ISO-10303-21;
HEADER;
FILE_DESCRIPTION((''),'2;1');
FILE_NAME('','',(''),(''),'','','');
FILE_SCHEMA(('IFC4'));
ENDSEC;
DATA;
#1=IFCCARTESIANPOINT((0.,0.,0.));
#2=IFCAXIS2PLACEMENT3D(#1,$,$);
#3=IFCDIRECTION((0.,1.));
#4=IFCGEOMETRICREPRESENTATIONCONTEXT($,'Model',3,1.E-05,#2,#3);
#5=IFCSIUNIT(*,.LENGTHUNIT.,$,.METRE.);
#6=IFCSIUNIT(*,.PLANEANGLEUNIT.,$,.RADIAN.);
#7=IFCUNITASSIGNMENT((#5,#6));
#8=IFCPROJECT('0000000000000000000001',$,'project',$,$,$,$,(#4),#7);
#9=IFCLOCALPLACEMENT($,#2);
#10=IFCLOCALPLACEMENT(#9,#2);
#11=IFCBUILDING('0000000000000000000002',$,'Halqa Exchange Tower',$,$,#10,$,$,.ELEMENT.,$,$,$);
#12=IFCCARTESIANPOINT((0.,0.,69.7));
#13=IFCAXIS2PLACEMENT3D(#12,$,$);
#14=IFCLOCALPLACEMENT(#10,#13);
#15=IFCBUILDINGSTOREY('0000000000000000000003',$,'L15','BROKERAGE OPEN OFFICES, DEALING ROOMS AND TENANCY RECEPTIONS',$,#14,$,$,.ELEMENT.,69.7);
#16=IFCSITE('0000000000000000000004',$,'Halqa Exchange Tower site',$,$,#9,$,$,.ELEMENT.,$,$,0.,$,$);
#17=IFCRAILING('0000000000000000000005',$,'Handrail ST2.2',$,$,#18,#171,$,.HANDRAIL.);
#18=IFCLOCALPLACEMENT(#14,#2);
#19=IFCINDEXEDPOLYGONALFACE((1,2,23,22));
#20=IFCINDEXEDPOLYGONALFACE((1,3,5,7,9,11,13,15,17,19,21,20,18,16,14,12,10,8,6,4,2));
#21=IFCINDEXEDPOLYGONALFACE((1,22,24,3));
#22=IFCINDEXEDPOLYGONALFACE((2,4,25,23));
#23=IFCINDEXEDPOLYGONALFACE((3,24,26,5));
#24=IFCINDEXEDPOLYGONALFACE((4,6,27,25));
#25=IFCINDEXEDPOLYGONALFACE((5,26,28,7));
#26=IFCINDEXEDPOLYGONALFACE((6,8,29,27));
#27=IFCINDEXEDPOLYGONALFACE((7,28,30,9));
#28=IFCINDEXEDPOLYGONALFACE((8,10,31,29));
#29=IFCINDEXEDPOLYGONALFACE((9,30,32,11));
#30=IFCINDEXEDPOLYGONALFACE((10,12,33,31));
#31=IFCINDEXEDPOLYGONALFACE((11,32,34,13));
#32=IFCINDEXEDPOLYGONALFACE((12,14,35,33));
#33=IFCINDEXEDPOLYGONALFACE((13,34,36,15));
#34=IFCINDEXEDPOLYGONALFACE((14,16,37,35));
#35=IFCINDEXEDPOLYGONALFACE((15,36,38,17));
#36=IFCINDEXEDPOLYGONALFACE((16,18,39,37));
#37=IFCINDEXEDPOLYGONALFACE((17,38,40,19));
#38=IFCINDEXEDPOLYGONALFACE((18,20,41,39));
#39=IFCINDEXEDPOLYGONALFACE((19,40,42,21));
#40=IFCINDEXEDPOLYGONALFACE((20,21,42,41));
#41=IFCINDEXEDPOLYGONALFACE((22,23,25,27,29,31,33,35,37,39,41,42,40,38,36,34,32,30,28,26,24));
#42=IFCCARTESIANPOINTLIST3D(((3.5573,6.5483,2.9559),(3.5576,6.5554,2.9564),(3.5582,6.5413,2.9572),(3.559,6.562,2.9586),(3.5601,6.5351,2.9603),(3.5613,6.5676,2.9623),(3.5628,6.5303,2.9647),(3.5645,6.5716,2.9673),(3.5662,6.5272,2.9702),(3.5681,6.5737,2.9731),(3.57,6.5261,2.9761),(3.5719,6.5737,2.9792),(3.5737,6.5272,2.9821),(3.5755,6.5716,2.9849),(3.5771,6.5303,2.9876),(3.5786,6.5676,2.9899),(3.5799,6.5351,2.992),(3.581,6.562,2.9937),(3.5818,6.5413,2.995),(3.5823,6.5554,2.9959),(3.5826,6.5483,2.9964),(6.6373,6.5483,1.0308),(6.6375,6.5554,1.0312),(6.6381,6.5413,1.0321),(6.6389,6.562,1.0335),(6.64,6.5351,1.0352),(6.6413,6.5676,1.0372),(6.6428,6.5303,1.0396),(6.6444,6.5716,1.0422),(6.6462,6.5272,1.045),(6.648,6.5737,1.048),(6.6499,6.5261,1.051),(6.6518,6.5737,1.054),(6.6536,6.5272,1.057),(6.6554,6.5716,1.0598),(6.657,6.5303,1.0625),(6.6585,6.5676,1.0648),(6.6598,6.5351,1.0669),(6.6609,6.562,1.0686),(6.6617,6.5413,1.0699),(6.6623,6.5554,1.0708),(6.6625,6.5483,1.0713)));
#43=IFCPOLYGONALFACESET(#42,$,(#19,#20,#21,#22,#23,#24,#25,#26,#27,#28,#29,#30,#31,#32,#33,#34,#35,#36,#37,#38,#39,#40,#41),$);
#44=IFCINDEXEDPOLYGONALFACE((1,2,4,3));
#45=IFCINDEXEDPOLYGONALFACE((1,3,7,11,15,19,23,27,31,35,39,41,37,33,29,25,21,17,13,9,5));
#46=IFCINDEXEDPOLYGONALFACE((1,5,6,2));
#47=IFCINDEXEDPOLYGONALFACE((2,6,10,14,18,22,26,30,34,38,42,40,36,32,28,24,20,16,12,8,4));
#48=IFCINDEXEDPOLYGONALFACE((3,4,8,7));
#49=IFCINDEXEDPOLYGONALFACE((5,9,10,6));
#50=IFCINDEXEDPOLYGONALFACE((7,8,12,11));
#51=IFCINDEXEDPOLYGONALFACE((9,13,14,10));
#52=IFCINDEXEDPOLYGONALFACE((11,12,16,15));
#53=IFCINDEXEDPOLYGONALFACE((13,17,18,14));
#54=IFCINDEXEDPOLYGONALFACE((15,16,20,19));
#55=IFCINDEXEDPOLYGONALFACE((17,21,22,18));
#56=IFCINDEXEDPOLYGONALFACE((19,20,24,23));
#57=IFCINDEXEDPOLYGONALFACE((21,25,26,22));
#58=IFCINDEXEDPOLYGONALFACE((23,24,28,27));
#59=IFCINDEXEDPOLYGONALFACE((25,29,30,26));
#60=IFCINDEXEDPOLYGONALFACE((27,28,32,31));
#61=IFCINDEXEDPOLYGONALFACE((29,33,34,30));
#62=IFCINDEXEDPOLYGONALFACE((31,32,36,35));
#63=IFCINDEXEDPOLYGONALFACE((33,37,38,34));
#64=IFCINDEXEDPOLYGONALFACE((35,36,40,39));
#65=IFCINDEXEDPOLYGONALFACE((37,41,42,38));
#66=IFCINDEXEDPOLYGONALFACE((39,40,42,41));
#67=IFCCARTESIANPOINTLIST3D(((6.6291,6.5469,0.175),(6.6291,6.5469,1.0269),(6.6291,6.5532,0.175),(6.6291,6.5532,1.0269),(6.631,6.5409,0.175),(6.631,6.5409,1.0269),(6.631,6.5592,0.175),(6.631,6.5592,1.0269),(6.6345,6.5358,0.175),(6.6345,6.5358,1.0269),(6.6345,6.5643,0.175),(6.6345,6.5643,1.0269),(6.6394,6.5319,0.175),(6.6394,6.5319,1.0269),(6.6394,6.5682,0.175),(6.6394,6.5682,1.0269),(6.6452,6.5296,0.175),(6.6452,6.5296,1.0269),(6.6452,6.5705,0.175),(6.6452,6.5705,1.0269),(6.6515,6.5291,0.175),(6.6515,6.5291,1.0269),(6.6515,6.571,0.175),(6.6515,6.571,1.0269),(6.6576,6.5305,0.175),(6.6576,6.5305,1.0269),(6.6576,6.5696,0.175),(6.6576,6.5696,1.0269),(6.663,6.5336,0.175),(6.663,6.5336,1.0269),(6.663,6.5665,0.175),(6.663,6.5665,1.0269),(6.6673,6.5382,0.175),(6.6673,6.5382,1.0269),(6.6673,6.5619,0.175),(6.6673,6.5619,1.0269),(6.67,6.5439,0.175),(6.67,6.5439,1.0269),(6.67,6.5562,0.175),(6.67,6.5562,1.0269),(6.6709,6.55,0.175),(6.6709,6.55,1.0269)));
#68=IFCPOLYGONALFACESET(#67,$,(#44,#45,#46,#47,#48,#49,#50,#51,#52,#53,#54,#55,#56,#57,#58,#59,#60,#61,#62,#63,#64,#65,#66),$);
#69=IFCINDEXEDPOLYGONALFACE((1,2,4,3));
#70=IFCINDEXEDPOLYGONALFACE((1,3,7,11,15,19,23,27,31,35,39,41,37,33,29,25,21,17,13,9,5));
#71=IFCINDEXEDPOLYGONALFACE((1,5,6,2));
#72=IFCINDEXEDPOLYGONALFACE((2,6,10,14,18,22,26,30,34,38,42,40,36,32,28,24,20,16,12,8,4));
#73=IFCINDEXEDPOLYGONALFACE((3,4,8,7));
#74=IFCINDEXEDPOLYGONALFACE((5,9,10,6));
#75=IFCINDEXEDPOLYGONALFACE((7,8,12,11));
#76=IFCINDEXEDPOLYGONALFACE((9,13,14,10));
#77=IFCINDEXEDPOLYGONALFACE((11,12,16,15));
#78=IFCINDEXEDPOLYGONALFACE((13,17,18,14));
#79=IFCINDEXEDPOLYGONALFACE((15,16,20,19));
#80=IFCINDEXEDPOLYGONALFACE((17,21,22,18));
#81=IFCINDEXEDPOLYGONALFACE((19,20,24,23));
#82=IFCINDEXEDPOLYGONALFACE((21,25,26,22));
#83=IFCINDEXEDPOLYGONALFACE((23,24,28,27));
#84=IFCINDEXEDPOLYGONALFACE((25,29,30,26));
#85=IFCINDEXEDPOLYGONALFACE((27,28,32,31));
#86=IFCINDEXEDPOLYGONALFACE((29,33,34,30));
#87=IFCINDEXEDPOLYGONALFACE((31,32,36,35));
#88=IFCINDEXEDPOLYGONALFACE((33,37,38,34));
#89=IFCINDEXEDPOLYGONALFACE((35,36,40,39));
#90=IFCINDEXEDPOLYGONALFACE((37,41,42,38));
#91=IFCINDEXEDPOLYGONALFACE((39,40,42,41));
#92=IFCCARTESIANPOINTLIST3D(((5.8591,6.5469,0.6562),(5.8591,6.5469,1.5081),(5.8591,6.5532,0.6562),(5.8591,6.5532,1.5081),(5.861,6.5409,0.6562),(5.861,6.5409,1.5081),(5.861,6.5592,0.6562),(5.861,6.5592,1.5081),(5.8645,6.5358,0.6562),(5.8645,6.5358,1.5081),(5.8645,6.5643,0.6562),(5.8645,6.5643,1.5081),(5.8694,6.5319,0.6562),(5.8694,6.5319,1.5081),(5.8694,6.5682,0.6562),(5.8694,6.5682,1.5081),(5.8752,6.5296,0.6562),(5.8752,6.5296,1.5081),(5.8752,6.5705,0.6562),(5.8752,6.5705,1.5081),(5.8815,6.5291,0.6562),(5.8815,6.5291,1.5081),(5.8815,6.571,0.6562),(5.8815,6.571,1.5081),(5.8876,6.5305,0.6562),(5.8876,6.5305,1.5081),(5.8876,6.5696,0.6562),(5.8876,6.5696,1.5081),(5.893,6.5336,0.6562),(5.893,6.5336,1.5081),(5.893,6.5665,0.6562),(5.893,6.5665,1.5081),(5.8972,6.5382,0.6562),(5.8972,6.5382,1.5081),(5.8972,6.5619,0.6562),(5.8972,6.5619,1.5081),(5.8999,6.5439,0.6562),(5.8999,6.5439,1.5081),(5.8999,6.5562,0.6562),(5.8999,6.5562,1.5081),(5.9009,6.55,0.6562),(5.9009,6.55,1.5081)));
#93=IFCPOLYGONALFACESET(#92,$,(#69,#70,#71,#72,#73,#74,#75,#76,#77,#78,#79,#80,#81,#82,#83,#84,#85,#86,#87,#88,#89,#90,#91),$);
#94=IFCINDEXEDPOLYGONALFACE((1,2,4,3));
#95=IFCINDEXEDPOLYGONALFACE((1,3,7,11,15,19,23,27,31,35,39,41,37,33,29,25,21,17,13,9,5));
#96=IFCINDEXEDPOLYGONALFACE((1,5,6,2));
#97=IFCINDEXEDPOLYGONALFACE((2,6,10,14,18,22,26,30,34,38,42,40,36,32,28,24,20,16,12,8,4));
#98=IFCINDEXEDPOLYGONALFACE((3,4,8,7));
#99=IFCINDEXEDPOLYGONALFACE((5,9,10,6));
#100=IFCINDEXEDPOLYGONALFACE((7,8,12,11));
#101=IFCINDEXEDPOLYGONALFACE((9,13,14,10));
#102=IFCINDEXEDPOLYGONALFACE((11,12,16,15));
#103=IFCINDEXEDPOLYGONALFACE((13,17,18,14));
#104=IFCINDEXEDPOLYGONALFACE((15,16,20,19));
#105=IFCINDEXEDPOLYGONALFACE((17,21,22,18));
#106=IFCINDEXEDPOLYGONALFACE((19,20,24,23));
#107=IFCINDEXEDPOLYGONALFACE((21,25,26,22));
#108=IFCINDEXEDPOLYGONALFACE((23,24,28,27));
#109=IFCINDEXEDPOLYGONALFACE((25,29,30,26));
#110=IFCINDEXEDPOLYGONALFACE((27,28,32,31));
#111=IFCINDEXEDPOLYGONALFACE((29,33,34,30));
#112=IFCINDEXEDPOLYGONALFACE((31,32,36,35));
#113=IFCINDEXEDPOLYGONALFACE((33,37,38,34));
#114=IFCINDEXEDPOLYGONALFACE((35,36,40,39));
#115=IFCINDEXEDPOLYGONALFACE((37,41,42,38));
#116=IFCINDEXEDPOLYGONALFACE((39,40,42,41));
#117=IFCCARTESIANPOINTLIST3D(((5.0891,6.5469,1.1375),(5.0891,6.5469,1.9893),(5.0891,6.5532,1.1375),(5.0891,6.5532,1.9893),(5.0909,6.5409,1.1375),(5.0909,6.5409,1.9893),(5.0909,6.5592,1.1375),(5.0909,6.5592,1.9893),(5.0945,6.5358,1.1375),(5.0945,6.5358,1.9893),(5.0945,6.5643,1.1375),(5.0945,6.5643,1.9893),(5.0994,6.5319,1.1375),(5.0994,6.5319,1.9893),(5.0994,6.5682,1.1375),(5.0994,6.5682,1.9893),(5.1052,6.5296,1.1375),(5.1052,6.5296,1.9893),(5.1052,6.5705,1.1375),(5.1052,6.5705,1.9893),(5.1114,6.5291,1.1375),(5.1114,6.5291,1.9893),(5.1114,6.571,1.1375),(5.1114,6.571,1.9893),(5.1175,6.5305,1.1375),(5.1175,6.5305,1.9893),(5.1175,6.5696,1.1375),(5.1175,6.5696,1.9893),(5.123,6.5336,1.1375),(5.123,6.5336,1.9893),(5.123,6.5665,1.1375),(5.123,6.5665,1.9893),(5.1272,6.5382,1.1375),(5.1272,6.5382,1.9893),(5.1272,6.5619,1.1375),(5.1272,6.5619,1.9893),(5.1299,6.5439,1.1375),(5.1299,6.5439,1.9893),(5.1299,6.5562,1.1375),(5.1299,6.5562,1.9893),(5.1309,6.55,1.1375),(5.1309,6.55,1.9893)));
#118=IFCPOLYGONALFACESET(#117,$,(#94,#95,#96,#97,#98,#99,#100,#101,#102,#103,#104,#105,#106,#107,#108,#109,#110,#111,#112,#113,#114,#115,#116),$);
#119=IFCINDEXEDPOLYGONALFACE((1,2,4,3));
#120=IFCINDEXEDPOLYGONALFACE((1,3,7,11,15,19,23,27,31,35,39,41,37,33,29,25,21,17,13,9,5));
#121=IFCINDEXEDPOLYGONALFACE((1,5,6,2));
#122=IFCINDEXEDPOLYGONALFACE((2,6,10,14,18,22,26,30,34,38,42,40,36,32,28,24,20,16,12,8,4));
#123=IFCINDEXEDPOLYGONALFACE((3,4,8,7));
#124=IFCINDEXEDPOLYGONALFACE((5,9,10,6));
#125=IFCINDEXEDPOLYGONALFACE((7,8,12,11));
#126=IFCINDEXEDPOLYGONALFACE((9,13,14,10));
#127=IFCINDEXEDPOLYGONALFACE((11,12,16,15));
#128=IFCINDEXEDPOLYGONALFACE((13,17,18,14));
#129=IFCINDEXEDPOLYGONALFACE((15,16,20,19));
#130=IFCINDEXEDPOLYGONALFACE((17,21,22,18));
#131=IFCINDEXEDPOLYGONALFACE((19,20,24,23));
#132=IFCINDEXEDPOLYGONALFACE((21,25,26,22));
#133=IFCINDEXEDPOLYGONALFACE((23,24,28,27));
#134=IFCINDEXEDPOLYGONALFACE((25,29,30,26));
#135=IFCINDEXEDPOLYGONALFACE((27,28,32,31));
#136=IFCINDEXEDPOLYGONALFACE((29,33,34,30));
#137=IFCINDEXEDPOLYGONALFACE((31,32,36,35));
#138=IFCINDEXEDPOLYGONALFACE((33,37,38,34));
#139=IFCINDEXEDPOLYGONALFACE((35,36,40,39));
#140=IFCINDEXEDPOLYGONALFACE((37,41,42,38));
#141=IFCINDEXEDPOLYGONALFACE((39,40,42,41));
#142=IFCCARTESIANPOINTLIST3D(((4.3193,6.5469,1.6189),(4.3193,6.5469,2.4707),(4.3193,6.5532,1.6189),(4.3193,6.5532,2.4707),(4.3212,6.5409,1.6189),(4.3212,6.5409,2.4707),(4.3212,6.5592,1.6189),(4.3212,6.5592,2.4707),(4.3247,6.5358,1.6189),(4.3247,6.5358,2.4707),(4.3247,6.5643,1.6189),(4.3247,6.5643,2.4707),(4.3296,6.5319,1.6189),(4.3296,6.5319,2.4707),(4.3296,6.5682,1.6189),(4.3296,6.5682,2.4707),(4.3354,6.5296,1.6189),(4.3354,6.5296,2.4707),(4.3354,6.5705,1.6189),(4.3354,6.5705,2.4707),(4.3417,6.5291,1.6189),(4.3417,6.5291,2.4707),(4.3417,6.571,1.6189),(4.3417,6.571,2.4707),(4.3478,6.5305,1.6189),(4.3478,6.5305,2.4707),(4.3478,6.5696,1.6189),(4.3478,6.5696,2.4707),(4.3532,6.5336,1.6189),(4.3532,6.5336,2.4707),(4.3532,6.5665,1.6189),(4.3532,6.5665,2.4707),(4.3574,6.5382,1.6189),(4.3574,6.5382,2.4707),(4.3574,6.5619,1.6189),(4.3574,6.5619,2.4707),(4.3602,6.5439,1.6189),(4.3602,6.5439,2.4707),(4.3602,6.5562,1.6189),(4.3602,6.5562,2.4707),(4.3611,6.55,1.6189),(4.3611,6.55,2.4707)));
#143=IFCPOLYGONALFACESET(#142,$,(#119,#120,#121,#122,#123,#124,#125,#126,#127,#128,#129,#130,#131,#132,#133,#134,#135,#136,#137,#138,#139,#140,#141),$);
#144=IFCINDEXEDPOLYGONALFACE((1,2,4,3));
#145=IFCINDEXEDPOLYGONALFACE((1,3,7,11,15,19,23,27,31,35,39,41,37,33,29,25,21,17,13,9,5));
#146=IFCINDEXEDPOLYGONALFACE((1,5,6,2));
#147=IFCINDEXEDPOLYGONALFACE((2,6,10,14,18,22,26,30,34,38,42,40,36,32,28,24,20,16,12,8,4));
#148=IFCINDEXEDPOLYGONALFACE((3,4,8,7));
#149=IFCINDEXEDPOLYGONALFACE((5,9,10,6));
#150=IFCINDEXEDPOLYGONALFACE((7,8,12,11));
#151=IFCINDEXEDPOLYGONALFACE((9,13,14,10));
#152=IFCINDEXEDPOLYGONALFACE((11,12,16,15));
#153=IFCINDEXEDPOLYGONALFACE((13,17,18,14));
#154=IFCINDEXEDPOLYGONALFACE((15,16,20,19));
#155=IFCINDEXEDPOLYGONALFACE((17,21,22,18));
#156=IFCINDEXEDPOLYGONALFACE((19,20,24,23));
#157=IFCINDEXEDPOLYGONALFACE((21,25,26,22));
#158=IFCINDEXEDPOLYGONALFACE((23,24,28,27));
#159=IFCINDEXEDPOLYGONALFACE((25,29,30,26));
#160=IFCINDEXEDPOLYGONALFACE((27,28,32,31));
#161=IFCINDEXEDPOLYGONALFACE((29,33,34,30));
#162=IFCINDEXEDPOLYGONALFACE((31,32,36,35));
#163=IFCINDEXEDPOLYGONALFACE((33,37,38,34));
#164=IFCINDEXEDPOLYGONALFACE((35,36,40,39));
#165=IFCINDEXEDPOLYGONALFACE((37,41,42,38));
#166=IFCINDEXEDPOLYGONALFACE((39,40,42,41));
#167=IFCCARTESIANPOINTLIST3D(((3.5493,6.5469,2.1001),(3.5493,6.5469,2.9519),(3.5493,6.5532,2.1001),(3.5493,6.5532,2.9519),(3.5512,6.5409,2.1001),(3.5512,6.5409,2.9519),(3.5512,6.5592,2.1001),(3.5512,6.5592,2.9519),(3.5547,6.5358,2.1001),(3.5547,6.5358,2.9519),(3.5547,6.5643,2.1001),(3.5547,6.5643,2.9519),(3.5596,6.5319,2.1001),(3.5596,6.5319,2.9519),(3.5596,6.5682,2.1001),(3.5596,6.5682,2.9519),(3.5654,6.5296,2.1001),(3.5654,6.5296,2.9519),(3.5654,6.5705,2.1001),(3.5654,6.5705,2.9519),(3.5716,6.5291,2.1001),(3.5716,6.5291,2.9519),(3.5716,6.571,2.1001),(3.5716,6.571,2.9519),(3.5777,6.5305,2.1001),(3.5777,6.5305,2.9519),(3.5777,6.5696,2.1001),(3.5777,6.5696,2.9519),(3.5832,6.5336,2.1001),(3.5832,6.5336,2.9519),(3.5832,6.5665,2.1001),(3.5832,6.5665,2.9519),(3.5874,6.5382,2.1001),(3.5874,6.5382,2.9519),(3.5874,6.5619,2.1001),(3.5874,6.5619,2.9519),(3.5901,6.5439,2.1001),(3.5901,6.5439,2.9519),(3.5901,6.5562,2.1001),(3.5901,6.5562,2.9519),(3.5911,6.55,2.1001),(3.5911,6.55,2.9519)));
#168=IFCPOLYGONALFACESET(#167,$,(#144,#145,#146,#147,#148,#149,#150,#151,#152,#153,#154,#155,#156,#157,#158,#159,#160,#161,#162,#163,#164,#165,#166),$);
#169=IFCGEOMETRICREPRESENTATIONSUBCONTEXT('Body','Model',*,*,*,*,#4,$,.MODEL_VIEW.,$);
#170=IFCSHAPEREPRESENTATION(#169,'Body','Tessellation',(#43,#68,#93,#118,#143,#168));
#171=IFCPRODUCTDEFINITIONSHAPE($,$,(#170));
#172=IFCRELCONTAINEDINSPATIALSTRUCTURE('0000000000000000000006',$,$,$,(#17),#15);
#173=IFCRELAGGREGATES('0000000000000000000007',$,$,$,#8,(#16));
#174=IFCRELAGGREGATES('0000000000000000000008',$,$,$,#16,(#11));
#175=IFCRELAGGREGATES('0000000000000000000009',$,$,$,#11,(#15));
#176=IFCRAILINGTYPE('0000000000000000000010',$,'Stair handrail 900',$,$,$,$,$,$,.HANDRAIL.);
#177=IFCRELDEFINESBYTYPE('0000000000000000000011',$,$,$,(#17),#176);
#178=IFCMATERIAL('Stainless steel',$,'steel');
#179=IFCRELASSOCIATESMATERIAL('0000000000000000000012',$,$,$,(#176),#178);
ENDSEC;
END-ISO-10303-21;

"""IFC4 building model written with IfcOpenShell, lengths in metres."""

from ifc_helpers import new_model, si_unit, direction, frame, origin, origin_2d, place, context, subcontext, project, spatial, circle, extrude, material, type_object, element, save


model = new_model("IFC4")

# Units and contexts
model_context = context("Model", 3, precision=1e-05, world=origin(), true_north=direction((0.0, 1.0)))
body_context = subcontext(model_context, "Body", "Model", "MODEL_VIEW")
ifc_project = project(units=[si_unit("LENGTHUNIT", "METRE"), si_unit("PLANEANGLEUNIT", "RADIAN")], contexts=[model_context])

# Site, building, storey
site_placement = place(None, origin())
site = spatial("IfcSite", under=ifc_project, at=site_placement, Name="Halqa Exchange Tower site", CompositionType="ELEMENT", RefElevation=0.0)
building_placement = place(site_placement, origin())
building = spatial("IfcBuilding", under=site, at=building_placement, Name="Halqa Exchange Tower", CompositionType="ELEMENT")
storey_placement = place(building_placement, frame((0.0, 0.0, 69.7)))
storey = spatial("IfcBuildingStorey", under=building, at=storey_placement, Name="L15", Description="BROKERAGE OPEN OFFICES, DEALING ROOMS AND TENANCY RECEPTIONS", CompositionType="ELEMENT", Elevation=69.7)

# Railing
ifc_material_1 = material(Name="Stainless steel", Category="steel")
railing_type_1 = type_object("IfcRailingType", Name="Stair handrail 900", PredefinedType="HANDRAIL", material=ifc_material_1)
railing_1_placement = place(storey_placement, frame((6.6499, 6.55, 0.175)))
element("IfcRailing", 1, at=railing_1_placement, inside=storey, type_object=railing_type_1, Name="Handrail ST2.2", PredefinedType="HANDRAIL", context=body_context, shape_type="SweptSolid", body=[
    extrude(circle(Radius=0.0239, at=origin_2d()), frame((0.0, 0.0, 0.876), z_axis=(-0.847979, 0.0, 0.530029), x_axis=(0.0, -1.0, 0.0)), (0.0, 0.0, 1.0), 3.6321),
    extrude(circle(Radius=0.021, at=origin_2d()), origin(), (0.0, 0.0, 1.0), 0.8518),
    extrude(circle(Radius=0.021, at=origin_2d()), frame((-0.77, 0.0, 0.4812)), (0.0, 0.0, 1.0), 0.8518),
    extrude(circle(Radius=0.021, at=origin_2d()), frame((-1.54, 0.0, 0.9624)), (0.0, 0.0, 1.0), 0.8518),
    extrude(circle(Radius=0.021, at=origin_2d()), frame((-2.3098, 0.0, 1.4438)), (0.0, 0.0, 1.0), 0.8518),
    extrude(circle(Radius=0.021, at=origin_2d()), frame((-3.0798, 0.0, 1.925)), (0.0, 0.0, 1.0), 0.8518),
])

save(model, "model.ifc")
